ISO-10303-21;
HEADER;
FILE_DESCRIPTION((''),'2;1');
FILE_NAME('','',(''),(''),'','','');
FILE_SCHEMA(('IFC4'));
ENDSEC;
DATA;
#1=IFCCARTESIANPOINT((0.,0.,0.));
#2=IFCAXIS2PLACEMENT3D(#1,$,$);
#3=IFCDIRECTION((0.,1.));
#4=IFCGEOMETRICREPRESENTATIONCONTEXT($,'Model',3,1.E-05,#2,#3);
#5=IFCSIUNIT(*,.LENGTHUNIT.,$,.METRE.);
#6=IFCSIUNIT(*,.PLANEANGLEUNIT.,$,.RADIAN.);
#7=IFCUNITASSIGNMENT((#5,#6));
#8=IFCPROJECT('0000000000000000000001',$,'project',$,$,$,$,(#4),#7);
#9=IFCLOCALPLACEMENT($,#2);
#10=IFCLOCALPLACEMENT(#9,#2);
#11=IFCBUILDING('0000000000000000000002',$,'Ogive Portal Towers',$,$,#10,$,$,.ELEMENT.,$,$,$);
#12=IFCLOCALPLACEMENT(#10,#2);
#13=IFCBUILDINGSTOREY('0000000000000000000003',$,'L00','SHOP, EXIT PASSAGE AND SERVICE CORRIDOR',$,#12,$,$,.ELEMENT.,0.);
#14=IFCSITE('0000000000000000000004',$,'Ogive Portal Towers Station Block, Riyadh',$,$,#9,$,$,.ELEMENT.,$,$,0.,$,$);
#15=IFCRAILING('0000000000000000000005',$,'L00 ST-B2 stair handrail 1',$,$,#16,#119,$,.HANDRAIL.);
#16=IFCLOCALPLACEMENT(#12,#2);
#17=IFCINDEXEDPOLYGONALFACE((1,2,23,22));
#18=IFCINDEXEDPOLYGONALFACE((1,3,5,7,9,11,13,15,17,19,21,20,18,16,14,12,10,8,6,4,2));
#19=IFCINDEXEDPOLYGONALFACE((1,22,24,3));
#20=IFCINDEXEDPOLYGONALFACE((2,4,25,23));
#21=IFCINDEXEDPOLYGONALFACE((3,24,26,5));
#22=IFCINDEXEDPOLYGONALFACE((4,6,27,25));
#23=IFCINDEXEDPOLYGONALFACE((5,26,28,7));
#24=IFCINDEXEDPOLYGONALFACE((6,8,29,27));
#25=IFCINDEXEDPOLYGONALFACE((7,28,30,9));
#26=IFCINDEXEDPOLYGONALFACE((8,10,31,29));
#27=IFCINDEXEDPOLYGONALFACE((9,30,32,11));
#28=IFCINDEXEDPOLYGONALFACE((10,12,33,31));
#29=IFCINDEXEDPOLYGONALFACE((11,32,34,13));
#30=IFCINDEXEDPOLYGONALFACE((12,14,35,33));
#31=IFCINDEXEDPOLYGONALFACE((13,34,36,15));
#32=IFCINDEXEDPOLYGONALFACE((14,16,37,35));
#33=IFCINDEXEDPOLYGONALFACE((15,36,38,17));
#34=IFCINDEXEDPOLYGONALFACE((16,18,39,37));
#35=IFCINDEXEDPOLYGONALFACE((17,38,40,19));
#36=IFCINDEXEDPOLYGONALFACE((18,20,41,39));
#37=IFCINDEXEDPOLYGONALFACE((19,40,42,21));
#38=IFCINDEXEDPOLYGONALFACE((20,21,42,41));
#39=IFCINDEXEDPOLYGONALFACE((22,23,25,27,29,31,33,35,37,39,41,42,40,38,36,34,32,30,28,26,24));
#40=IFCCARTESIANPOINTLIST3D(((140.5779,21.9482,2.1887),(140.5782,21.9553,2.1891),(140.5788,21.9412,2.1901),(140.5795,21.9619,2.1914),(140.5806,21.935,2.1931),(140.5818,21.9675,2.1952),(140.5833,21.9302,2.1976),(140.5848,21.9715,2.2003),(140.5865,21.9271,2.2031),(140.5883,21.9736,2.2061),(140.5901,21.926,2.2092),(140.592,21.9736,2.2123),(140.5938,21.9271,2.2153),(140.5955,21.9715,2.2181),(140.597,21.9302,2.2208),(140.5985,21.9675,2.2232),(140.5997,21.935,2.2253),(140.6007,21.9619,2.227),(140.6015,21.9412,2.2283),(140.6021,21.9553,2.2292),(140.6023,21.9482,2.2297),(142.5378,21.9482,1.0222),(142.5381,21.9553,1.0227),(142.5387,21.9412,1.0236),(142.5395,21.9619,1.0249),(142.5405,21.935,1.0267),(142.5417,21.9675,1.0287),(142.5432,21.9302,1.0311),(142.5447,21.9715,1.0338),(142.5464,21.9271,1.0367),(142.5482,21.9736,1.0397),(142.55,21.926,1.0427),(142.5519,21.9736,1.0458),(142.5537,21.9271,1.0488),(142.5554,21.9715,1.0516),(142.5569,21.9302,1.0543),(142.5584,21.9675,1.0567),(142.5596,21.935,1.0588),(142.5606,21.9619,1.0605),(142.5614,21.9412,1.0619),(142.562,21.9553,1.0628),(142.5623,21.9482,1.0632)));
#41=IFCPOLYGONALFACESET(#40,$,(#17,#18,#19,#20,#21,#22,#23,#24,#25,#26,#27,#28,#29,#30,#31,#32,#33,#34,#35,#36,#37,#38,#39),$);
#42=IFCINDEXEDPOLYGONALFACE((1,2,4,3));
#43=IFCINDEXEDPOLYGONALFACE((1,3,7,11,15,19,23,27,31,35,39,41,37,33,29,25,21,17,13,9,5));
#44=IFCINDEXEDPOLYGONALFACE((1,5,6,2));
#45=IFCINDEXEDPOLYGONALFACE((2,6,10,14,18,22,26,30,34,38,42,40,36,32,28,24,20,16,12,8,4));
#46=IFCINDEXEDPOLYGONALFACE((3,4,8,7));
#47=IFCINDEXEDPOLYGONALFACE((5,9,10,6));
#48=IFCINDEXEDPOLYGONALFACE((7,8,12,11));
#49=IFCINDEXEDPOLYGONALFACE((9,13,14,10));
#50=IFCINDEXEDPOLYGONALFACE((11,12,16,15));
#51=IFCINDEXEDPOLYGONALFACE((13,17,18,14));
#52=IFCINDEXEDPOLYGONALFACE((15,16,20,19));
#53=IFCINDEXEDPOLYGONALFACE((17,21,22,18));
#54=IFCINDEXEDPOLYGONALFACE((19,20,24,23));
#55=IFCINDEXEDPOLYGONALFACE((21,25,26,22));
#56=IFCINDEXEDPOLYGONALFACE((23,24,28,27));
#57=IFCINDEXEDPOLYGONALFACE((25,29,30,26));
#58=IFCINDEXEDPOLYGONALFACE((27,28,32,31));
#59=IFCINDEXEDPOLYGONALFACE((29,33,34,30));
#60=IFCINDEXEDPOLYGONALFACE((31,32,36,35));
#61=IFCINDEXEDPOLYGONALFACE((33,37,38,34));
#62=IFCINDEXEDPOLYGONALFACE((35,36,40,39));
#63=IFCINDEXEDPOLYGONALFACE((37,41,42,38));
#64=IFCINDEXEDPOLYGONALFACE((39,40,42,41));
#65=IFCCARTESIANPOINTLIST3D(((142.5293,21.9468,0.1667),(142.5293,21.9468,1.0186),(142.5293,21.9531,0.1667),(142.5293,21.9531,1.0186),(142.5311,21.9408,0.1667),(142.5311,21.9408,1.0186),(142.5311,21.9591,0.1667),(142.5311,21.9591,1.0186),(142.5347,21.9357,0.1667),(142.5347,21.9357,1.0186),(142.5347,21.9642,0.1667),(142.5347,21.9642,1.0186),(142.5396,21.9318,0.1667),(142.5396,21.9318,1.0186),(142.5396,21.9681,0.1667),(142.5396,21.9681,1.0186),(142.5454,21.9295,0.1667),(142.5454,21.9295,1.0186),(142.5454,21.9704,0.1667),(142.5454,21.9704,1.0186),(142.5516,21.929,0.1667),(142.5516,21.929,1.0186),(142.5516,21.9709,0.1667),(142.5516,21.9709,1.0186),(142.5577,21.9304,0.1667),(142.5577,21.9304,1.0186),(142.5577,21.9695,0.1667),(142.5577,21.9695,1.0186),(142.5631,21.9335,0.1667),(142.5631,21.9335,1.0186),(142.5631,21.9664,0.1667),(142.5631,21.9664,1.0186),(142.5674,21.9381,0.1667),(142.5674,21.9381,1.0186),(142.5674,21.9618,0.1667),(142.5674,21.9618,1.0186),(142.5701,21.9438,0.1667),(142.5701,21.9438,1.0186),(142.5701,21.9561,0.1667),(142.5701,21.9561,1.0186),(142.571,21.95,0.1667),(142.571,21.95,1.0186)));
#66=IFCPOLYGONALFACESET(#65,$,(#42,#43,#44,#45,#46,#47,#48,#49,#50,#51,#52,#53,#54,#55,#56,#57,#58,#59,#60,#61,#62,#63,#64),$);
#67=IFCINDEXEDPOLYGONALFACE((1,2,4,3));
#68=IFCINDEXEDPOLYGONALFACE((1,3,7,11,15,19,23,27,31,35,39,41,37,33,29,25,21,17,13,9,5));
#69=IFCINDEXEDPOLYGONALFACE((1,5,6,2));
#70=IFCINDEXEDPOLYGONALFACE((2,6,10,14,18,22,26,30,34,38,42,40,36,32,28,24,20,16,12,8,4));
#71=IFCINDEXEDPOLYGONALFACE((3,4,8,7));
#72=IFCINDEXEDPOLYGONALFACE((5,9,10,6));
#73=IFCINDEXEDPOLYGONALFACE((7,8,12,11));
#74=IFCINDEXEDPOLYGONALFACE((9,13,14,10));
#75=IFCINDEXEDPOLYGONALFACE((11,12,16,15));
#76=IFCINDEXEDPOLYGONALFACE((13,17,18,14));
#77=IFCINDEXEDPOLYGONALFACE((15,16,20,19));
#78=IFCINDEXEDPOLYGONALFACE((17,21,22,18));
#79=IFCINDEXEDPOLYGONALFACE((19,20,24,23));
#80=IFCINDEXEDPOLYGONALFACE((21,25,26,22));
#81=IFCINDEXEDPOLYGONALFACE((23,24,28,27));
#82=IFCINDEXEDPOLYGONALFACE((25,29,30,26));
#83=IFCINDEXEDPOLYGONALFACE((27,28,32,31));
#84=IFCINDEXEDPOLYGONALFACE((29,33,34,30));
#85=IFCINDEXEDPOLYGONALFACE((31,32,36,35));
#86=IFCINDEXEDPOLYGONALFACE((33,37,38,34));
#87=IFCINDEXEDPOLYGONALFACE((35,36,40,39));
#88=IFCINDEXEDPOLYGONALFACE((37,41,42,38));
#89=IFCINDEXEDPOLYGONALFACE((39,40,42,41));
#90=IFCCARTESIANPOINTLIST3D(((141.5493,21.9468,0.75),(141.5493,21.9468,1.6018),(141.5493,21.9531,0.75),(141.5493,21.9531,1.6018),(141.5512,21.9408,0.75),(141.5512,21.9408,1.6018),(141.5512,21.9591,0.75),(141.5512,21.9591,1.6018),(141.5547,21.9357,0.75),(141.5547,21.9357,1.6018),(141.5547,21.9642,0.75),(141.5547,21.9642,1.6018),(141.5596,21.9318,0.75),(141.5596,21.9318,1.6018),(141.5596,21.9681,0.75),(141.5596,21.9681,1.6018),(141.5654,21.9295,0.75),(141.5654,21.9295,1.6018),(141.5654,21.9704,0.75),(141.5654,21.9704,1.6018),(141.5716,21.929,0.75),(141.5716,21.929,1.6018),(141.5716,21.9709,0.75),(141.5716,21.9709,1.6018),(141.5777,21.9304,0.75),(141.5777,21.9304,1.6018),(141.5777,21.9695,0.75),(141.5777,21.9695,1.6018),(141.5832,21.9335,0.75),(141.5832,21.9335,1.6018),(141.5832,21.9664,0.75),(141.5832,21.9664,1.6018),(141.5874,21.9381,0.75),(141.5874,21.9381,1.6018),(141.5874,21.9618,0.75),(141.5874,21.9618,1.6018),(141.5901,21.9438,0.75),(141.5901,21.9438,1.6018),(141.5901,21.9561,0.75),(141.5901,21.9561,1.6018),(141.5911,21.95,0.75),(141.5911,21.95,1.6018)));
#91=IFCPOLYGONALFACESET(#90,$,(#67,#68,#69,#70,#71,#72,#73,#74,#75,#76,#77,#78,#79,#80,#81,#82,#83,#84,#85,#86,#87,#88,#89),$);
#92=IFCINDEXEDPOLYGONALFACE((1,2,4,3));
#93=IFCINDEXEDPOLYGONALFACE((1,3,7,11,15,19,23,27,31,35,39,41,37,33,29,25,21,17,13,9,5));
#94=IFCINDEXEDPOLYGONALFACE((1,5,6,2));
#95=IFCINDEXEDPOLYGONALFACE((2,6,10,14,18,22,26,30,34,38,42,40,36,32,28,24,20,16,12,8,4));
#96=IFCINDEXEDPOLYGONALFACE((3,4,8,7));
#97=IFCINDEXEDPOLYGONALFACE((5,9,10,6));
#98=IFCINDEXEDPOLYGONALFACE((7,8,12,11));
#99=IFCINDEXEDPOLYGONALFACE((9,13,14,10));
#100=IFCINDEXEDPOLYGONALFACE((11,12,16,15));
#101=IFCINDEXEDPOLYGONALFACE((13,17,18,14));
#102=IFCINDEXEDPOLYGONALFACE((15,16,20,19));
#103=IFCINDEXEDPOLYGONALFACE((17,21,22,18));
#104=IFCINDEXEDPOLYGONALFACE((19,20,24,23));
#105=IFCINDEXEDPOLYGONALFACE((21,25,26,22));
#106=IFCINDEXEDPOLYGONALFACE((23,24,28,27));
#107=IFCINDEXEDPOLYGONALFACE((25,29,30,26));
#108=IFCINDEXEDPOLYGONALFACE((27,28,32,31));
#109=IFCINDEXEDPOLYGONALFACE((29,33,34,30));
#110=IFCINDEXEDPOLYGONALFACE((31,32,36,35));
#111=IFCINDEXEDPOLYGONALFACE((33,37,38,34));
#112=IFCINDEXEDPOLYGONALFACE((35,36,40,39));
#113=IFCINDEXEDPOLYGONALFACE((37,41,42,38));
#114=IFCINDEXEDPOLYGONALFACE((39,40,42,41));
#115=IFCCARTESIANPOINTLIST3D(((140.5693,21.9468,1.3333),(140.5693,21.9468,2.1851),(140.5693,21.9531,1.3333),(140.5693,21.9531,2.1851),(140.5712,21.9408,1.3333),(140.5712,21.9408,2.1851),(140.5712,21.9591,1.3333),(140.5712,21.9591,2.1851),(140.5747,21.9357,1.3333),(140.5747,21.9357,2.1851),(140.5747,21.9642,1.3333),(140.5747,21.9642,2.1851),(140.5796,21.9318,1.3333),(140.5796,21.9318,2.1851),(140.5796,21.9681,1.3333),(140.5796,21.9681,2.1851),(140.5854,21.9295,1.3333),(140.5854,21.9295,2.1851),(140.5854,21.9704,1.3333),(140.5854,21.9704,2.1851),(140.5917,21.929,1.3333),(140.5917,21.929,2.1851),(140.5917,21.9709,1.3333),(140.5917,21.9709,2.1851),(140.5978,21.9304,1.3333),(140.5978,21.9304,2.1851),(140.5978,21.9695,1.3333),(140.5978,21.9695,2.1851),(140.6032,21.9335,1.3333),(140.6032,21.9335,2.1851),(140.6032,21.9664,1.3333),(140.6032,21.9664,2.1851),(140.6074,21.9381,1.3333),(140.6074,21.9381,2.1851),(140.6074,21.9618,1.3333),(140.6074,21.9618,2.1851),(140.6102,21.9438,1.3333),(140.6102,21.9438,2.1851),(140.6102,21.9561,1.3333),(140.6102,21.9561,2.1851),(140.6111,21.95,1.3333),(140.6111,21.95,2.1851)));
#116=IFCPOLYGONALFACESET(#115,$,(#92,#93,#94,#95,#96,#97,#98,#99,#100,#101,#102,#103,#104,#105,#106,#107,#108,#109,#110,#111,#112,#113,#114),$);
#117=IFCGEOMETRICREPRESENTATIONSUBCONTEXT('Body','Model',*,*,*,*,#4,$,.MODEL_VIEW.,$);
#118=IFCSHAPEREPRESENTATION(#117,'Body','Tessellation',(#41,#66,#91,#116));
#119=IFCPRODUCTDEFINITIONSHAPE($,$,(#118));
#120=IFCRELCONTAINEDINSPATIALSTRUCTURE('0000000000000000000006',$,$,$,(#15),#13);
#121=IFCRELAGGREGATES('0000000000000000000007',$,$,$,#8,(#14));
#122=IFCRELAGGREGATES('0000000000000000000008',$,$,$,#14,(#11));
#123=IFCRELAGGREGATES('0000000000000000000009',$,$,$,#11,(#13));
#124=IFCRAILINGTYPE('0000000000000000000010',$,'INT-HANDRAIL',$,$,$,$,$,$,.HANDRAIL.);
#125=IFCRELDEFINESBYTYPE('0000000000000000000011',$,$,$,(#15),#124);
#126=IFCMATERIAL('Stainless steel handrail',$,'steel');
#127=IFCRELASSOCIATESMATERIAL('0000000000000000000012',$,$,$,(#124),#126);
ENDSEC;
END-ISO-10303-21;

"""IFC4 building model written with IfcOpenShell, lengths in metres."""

from ifc_helpers import new_model, si_unit, direction, frame, origin, origin_2d, place, context, subcontext, project, spatial, circle, extrude, material, type_object, element, save


model = new_model("IFC4")

# Units and contexts
model_context = context("Model", 3, precision=1e-05, world=origin(), true_north=direction((0.0, 1.0)))
body_context = subcontext(model_context, "Body", "Model", "MODEL_VIEW")
ifc_project = project(units=[si_unit("LENGTHUNIT", "METRE"), si_unit("PLANEANGLEUNIT", "RADIAN")], contexts=[model_context])

# Site, building, storey
site_placement = place(None, origin())
site = spatial("IfcSite", under=ifc_project, at=site_placement, Name="Ogive Portal Towers Station Block, Riyadh", CompositionType="ELEMENT", RefElevation=0.0)
building_placement = place(site_placement, origin())
building = spatial("IfcBuilding", under=site, at=building_placement, Name="Ogive Portal Towers", CompositionType="ELEMENT")
storey_placement = place(building_placement, origin())
storey = spatial("IfcBuildingStorey", under=building, at=storey_placement, Name="L00", Description="SHOP, EXIT PASSAGE AND SERVICE CORRIDOR", CompositionType="ELEMENT", Elevation=0.0)

# Railing
ifc_material_1 = material(Name="Stainless steel handrail", Category="steel")
railing_type_1 = type_object("IfcRailingType", Name="INT-HANDRAIL", PredefinedType="HANDRAIL", material=ifc_material_1)
railing_1_placement = place(storey_placement, frame((142.55, 21.95, 0.1667)))
element("IfcRailing", 1, at=railing_1_placement, inside=storey, type_object=railing_type_1, Name="L00 ST-B2 stair handrail 1", PredefinedType="HANDRAIL", context=body_context, shape_type="SweptSolid", body=[
    extrude(circle(Radius=0.0239, at=origin_2d()), frame((0.0, 0.0, 0.876), z_axis=(-0.85932, 0.0, 0.511439), x_axis=(0.0, -1.0, 0.0)), (0.0, 0.0, 1.0), 2.2808),
    extrude(circle(Radius=0.021, at=origin_2d()), origin(), (0.0, 0.0, 1.0), 0.8518),
    extrude(circle(Radius=0.021, at=origin_2d()), frame((-0.98, 0.0, 0.5833)), (0.0, 0.0, 1.0), 0.8518),
    extrude(circle(Radius=0.021, at=origin_2d()), frame((-1.96, 0.0, 1.1665)), (0.0, 0.0, 1.0), 0.8518),
])

save(model, "model.ifc")
